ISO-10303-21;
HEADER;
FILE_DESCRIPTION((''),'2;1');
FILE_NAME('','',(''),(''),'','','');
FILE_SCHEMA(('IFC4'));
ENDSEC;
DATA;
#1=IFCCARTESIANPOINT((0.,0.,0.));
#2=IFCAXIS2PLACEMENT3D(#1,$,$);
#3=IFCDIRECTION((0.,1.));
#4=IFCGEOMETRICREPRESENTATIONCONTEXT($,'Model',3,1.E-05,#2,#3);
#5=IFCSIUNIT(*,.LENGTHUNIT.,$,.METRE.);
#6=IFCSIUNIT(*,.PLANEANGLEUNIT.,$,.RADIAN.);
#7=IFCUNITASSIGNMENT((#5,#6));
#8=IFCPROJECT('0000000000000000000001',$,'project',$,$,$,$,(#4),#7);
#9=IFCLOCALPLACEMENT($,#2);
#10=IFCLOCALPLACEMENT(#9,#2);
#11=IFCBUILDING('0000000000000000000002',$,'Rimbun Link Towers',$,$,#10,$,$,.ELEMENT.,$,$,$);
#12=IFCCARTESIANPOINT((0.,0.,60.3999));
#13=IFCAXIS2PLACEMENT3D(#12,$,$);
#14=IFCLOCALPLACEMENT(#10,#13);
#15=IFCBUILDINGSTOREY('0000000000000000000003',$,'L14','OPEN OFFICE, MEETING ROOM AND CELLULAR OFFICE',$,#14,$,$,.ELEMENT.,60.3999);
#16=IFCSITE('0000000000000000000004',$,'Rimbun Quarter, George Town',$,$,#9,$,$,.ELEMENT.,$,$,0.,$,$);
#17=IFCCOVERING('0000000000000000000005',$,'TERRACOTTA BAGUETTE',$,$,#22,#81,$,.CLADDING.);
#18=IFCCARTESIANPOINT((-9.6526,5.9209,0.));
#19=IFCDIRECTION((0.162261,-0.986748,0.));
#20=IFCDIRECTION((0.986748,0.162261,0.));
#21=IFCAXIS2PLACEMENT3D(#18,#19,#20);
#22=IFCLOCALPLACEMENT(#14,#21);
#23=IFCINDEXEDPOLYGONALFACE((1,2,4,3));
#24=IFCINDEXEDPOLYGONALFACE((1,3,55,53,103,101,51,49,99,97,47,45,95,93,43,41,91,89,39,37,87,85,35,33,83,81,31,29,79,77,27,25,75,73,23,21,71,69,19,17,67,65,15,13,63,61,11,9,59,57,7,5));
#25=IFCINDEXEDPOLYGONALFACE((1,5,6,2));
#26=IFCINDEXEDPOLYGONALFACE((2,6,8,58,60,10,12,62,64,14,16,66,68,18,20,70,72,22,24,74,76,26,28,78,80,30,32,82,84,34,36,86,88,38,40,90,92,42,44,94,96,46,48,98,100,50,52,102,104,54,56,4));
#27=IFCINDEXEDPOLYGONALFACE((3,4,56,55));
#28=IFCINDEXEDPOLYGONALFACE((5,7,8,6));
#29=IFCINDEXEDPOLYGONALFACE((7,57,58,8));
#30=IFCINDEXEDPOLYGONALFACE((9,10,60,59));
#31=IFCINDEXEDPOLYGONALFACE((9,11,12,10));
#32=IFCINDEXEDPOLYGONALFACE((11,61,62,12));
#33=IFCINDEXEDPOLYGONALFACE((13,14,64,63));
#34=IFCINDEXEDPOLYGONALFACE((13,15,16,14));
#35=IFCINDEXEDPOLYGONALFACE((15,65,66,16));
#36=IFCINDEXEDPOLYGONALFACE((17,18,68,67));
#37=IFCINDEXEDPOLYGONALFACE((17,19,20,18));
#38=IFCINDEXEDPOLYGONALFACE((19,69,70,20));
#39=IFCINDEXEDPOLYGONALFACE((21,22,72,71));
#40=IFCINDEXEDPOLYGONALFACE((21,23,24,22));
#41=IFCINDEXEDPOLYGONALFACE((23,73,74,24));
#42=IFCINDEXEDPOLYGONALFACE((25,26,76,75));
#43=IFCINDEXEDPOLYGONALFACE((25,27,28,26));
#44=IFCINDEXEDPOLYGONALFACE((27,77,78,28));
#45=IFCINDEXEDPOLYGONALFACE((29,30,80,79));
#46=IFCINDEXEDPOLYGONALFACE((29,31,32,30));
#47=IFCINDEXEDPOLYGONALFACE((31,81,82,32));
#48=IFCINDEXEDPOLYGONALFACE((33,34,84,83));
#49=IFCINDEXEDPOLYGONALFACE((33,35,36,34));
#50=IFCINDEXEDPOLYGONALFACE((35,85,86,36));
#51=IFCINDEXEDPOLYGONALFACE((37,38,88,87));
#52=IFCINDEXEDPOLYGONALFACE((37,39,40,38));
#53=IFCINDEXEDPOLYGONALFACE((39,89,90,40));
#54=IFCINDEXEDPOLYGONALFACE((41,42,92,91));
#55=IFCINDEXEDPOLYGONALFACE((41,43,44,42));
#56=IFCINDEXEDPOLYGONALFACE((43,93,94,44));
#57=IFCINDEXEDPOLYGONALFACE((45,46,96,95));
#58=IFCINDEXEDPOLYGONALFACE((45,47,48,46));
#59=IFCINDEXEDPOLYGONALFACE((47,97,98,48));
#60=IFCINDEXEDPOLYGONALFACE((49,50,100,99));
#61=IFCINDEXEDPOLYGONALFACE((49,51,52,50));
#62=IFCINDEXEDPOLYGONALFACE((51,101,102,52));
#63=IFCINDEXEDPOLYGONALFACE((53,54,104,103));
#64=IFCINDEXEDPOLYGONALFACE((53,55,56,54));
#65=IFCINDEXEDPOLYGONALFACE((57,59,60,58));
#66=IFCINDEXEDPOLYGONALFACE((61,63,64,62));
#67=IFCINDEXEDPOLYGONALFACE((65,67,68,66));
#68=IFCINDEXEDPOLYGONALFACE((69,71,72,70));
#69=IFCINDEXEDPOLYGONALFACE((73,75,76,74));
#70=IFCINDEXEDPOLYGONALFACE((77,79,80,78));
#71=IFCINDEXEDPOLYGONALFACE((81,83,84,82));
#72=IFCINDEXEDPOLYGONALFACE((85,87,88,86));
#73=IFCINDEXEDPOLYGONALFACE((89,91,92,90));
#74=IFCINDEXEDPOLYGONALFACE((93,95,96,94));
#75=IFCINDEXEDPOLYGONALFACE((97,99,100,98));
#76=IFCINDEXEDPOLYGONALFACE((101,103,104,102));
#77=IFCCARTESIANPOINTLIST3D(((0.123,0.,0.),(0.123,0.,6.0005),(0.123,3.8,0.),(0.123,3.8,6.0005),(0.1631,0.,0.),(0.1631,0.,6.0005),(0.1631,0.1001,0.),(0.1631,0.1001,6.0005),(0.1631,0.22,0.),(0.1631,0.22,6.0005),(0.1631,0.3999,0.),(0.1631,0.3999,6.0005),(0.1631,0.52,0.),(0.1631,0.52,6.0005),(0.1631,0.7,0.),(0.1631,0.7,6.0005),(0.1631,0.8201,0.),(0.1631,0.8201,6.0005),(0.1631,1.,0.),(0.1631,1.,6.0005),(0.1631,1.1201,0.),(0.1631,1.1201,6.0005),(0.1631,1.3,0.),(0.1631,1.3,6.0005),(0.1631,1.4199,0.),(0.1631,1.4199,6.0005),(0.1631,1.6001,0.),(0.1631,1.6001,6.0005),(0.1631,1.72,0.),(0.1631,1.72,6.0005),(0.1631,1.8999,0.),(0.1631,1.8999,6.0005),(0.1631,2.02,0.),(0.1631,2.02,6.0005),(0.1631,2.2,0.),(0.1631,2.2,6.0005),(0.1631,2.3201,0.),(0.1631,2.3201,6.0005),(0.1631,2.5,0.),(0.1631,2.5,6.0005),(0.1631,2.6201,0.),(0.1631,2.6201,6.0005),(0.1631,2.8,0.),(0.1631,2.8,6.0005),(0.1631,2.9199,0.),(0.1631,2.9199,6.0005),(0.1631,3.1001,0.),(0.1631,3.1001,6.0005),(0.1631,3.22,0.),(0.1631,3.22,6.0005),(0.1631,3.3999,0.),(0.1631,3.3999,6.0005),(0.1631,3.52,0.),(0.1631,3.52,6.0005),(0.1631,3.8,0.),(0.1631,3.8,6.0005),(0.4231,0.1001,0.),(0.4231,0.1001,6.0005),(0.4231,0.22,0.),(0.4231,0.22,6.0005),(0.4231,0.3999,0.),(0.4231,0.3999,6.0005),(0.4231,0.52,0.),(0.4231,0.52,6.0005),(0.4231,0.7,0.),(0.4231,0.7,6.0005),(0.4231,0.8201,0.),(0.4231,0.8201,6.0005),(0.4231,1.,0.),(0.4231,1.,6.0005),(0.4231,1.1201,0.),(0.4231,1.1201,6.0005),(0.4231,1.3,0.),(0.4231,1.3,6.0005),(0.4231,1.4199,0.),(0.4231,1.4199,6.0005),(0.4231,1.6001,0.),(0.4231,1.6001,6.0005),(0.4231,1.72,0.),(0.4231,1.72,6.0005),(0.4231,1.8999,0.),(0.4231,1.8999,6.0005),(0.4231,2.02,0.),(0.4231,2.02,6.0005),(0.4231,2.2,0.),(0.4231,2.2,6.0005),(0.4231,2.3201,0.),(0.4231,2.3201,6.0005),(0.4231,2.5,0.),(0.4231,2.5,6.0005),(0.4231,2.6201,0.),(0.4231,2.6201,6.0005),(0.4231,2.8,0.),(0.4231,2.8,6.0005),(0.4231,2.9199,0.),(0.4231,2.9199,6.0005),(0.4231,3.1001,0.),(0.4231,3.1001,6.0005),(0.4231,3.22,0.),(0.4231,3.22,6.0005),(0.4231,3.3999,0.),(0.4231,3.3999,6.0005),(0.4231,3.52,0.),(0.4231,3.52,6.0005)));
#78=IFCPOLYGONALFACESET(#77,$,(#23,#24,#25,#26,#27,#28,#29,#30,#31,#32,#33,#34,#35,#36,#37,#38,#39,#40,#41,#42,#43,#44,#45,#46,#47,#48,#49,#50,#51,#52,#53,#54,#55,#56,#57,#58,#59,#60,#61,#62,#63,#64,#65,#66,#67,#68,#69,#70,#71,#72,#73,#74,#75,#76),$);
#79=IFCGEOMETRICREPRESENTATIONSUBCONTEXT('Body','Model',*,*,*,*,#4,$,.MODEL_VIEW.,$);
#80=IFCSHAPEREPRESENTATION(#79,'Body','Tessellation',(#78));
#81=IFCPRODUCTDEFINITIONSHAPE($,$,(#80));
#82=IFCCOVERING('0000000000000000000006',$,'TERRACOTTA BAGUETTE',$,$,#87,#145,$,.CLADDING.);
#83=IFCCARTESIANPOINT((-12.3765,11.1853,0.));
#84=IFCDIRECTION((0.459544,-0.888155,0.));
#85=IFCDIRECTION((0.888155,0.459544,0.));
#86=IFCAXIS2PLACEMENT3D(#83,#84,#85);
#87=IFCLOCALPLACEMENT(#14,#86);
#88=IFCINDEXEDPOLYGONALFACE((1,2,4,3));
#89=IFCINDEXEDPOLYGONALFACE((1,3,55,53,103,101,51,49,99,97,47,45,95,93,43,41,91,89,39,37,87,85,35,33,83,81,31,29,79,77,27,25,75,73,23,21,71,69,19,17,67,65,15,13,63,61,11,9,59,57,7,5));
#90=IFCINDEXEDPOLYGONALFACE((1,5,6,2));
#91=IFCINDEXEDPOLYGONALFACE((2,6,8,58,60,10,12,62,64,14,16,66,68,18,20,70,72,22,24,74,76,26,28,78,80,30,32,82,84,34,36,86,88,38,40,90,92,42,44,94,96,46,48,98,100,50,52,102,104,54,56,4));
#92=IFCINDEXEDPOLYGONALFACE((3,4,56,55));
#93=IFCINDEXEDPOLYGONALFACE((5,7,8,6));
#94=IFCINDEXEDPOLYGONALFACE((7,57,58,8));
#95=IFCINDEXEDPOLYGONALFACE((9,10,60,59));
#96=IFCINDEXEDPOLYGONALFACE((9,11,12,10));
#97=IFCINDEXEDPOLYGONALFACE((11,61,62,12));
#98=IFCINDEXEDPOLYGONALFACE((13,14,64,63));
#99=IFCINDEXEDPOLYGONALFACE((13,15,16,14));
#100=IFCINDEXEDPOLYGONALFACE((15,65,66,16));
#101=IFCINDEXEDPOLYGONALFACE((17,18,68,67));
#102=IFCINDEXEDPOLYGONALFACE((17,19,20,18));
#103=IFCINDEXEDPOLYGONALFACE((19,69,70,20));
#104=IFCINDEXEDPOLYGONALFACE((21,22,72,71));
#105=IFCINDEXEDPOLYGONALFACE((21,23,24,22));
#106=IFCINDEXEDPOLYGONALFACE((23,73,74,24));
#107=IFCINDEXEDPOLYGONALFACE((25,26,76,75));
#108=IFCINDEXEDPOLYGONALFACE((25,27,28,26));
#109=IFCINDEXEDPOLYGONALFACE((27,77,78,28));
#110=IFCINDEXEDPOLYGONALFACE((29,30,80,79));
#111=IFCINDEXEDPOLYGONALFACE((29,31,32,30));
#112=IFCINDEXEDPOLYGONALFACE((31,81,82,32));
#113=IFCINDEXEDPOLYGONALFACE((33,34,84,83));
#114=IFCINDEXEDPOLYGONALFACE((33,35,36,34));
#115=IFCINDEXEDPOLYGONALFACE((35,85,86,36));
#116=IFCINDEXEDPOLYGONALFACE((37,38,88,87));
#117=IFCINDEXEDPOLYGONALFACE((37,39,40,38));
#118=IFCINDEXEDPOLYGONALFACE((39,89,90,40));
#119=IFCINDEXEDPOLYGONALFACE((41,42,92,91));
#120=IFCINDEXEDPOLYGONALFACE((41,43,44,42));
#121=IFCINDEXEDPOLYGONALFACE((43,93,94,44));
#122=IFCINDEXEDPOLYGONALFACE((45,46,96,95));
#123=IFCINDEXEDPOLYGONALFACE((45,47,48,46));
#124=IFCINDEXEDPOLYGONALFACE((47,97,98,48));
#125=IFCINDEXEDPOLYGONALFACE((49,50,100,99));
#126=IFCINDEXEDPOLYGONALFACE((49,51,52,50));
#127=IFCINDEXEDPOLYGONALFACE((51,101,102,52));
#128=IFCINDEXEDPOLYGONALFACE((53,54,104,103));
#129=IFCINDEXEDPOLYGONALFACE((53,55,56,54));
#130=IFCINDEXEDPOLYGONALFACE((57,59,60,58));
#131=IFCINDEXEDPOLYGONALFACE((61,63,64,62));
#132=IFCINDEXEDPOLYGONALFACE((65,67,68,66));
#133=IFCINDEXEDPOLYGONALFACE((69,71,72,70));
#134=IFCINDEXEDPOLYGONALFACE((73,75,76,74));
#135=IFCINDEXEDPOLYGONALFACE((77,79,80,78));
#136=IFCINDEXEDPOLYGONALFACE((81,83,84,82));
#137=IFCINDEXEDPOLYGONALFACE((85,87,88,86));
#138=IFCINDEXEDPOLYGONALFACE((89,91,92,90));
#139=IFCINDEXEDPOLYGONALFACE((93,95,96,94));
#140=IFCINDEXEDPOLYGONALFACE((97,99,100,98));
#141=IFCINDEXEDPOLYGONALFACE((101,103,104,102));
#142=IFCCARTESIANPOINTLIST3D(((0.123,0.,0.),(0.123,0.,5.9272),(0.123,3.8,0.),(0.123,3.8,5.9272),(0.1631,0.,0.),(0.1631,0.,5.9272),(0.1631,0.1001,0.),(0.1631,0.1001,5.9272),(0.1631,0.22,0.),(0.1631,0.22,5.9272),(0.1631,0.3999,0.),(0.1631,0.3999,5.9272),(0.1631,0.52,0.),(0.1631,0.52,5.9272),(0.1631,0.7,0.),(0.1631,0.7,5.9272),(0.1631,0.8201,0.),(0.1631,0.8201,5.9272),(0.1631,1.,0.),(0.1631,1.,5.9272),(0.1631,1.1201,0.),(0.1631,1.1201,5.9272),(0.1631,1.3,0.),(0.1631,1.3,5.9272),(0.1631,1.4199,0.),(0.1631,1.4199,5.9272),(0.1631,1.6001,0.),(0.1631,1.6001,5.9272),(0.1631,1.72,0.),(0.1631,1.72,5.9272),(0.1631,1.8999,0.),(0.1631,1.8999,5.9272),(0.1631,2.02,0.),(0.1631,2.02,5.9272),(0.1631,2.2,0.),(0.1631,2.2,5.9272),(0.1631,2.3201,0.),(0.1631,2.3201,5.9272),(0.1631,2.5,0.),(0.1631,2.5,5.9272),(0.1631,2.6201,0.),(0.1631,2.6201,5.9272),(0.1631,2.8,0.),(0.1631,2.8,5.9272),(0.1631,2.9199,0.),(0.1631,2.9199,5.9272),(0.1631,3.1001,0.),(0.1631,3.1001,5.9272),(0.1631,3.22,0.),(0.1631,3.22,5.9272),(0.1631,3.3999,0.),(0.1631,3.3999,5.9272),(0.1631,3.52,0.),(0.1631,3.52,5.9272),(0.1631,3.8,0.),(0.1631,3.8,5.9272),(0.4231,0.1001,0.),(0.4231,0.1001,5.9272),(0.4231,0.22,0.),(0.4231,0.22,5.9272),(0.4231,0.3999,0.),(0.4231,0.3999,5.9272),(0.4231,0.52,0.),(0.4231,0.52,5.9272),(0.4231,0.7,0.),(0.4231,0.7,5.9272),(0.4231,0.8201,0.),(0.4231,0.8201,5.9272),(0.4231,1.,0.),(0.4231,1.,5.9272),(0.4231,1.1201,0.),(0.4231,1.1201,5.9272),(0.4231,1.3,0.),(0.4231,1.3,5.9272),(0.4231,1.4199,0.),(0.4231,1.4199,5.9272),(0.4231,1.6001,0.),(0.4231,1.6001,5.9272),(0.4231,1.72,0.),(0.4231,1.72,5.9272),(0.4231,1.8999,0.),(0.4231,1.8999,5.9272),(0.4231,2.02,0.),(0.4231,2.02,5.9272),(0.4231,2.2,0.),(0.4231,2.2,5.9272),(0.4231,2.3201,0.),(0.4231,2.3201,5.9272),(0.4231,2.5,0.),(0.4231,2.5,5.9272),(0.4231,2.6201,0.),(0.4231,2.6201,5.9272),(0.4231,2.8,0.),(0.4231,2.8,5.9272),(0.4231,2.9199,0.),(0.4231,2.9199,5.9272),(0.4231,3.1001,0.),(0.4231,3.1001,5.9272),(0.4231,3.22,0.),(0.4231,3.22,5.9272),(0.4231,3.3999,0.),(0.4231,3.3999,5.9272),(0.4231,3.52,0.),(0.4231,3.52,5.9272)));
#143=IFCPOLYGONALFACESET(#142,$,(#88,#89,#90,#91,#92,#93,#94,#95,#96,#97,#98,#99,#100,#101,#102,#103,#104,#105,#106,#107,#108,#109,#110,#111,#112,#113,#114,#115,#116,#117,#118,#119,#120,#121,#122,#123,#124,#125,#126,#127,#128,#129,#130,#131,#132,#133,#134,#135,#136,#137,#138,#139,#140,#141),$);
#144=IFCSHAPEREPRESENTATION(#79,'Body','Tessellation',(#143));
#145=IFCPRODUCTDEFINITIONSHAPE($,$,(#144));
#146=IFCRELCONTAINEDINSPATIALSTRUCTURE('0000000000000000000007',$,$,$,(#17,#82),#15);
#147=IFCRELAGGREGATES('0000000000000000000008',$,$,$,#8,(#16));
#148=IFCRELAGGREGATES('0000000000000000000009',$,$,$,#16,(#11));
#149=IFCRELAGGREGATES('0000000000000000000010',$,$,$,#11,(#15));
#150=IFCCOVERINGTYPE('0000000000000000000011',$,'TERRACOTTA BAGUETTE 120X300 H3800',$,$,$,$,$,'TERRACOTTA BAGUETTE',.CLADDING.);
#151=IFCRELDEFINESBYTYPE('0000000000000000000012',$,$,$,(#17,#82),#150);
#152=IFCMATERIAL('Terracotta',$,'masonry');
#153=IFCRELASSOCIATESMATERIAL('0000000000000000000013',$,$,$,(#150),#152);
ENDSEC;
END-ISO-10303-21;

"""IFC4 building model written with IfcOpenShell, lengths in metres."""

from ifc_helpers import new_model, si_unit, direction, frame, origin, place, context, subcontext, project, spatial, polyline, outline, extrude, material, material_profile, profile_set, type_object, element, save


model = new_model("IFC4")

# Units and contexts
model_context = context("Model", 3, precision=1e-05, world=origin(), true_north=direction((0.0, 1.0)))
body_context = subcontext(model_context, "Body", "Model", "MODEL_VIEW")
ifc_project = project(units=[si_unit("LENGTHUNIT", "METRE"), si_unit("PLANEANGLEUNIT", "RADIAN")], contexts=[model_context])

# Site, building, storey
site_placement = place(None, origin())
site = spatial("IfcSite", under=ifc_project, at=site_placement, Name="Rimbun Quarter, George Town", CompositionType="ELEMENT", RefElevation=0.0)
building_placement = place(site_placement, origin())
building = spatial("IfcBuilding", under=site, at=building_placement, Name="Rimbun Link Towers", CompositionType="ELEMENT")
storey_placement = place(building_placement, frame((0.0, 0.0, 60.3999)))
storey = spatial("IfcBuildingStorey", under=building, at=storey_placement, Name="L14", Description="OPEN OFFICE, MEETING ROOM AND CELLULAR OFFICE", CompositionType="ELEMENT", Elevation=60.3999)

# Coverings
ifc_material_1 = material(Name="Terracotta", Category="masonry")
ifc_material_profile_1 = material_profile(ifc_material_1, outline(polyline([(0.123, 0.0), (0.1631, 0.0), (0.1631, 0.1001), (0.4231, 0.1001), (0.4231, 0.22), (0.1631, 0.22), (0.1631, 0.3999), (0.4231, 0.3999), (0.4231, 0.52), (0.1631, 0.52), (0.1631, 0.7), (0.4231, 0.7), (0.4231, 0.8201), (0.1631, 0.8201), (0.1631, 1.0), (0.4231, 1.0), (0.4231, 1.1201), (0.1631, 1.1201), (0.1631, 1.3), (0.4231, 1.3), (0.4231, 1.4199), (0.1631, 1.4199), (0.1631, 1.6001), (0.4231, 1.6001), (0.4231, 1.72), (0.1631, 1.72), (0.1631, 1.8999), (0.4231, 1.8999), (0.4231, 2.02), (0.1631, 2.02), (0.1631, 2.2), (0.4231, 2.2), (0.4231, 2.3201), (0.1631, 2.3201), (0.1631, 2.5), (0.4231, 2.5), (0.4231, 2.6201), (0.1631, 2.6201), (0.1631, 2.8), (0.4231, 2.8), (0.4231, 2.9199), (0.1631, 2.9199), (0.1631, 3.1001), (0.4231, 3.1001), (0.4231, 3.22), (0.1631, 3.22), (0.1631, 3.3999), (0.4231, 3.3999), (0.4231, 3.52), (0.1631, 3.52), (0.1631, 3.8), (0.123, 3.8), (0.123, 0.0)])), Name="BAGUETTE 120X300")
ifc_profile_set_1 = profile_set([ifc_material_profile_1], Name="Terracotta")
covering_type_1 = type_object("IfcCoveringType", Name="TERRACOTTA BAGUETTE 120X300 H3800", ElementType="TERRACOTTA BAGUETTE", PredefinedType="CLADDING", material=ifc_profile_set_1)
covering_1_placement = place(storey_placement, frame((-9.6526, 5.9209, 0.0), z_axis=(0.162261, -0.986748, 0.0), x_axis=(0.986748, 0.162261, 0.0)))
element("IfcCovering", 1, at=covering_1_placement, inside=storey, type_object=covering_type_1, Name="TERRACOTTA BAGUETTE", PredefinedType="CLADDING", context=body_context, shape_type="SweptSolid", body=[
    extrude(outline(polyline([(0.123, 0.0), (0.1631, 0.0), (0.1631, 0.1001), (0.4231, 0.1001), (0.4231, 0.22), (0.1631, 0.22), (0.1631, 0.3999), (0.4231, 0.3999), (0.4231, 0.52), (0.1631, 0.52), (0.1631, 0.7), (0.4231, 0.7), (0.4231, 0.8201), (0.1631, 0.8201), (0.1631, 1.0), (0.4231, 1.0), (0.4231, 1.1201), (0.1631, 1.1201), (0.1631, 1.3), (0.4231, 1.3), (0.4231, 1.4199), (0.1631, 1.4199), (0.1631, 1.6001), (0.4231, 1.6001), (0.4231, 1.72), (0.1631, 1.72), (0.1631, 1.8999), (0.4231, 1.8999), (0.4231, 2.02), (0.1631, 2.02), (0.1631, 2.2), (0.4231, 2.2), (0.4231, 2.3201), (0.1631, 2.3201), (0.1631, 2.5), (0.4231, 2.5), (0.4231, 2.6201), (0.1631, 2.6201), (0.1631, 2.8), (0.4231, 2.8), (0.4231, 2.9199), (0.1631, 2.9199), (0.1631, 3.1001), (0.4231, 3.1001), (0.4231, 3.22), (0.1631, 3.22), (0.1631, 3.3999), (0.4231, 3.3999), (0.4231, 3.52), (0.1631, 3.52), (0.1631, 3.8), (0.123, 3.8), (0.123, 0.0)])), origin(), (0.0, 0.0, 1.0), 6.0005),
])
covering_2_placement = place(storey_placement, frame((-12.3765, 11.1853, 0.0), z_axis=(0.459544, -0.888155, 0.0), x_axis=(0.888155, 0.459544, 0.0)))
element("IfcCovering", 2, at=covering_2_placement, inside=storey, type_object=covering_type_1, Name="TERRACOTTA BAGUETTE", PredefinedType="CLADDING", context=body_context, shape_type="SweptSolid", body=[
    extrude(outline(polyline([(0.123, 0.0), (0.1631, 0.0), (0.1631, 0.1001), (0.4231, 0.1001), (0.4231, 0.22), (0.1631, 0.22), (0.1631, 0.3999), (0.4231, 0.3999), (0.4231, 0.52), (0.1631, 0.52), (0.1631, 0.7), (0.4231, 0.7), (0.4231, 0.8201), (0.1631, 0.8201), (0.1631, 1.0), (0.4231, 1.0), (0.4231, 1.1201), (0.1631, 1.1201), (0.1631, 1.3), (0.4231, 1.3), (0.4231, 1.4199), (0.1631, 1.4199), (0.1631, 1.6001), (0.4231, 1.6001), (0.4231, 1.72), (0.1631, 1.72), (0.1631, 1.8999), (0.4231, 1.8999), (0.4231, 2.02), (0.1631, 2.02), (0.1631, 2.2), (0.4231, 2.2), (0.4231, 2.3201), (0.1631, 2.3201), (0.1631, 2.5), (0.4231, 2.5), (0.4231, 2.6201), (0.1631, 2.6201), (0.1631, 2.8), (0.4231, 2.8), (0.4231, 2.9199), (0.1631, 2.9199), (0.1631, 3.1001), (0.4231, 3.1001), (0.4231, 3.22), (0.1631, 3.22), (0.1631, 3.3999), (0.4231, 3.3999), (0.4231, 3.52), (0.1631, 3.52), (0.1631, 3.8), (0.123, 3.8), (0.123, 0.0)])), origin(), (0.0, 0.0, 1.0), 5.9272),
])

save(model, "model.ifc")
